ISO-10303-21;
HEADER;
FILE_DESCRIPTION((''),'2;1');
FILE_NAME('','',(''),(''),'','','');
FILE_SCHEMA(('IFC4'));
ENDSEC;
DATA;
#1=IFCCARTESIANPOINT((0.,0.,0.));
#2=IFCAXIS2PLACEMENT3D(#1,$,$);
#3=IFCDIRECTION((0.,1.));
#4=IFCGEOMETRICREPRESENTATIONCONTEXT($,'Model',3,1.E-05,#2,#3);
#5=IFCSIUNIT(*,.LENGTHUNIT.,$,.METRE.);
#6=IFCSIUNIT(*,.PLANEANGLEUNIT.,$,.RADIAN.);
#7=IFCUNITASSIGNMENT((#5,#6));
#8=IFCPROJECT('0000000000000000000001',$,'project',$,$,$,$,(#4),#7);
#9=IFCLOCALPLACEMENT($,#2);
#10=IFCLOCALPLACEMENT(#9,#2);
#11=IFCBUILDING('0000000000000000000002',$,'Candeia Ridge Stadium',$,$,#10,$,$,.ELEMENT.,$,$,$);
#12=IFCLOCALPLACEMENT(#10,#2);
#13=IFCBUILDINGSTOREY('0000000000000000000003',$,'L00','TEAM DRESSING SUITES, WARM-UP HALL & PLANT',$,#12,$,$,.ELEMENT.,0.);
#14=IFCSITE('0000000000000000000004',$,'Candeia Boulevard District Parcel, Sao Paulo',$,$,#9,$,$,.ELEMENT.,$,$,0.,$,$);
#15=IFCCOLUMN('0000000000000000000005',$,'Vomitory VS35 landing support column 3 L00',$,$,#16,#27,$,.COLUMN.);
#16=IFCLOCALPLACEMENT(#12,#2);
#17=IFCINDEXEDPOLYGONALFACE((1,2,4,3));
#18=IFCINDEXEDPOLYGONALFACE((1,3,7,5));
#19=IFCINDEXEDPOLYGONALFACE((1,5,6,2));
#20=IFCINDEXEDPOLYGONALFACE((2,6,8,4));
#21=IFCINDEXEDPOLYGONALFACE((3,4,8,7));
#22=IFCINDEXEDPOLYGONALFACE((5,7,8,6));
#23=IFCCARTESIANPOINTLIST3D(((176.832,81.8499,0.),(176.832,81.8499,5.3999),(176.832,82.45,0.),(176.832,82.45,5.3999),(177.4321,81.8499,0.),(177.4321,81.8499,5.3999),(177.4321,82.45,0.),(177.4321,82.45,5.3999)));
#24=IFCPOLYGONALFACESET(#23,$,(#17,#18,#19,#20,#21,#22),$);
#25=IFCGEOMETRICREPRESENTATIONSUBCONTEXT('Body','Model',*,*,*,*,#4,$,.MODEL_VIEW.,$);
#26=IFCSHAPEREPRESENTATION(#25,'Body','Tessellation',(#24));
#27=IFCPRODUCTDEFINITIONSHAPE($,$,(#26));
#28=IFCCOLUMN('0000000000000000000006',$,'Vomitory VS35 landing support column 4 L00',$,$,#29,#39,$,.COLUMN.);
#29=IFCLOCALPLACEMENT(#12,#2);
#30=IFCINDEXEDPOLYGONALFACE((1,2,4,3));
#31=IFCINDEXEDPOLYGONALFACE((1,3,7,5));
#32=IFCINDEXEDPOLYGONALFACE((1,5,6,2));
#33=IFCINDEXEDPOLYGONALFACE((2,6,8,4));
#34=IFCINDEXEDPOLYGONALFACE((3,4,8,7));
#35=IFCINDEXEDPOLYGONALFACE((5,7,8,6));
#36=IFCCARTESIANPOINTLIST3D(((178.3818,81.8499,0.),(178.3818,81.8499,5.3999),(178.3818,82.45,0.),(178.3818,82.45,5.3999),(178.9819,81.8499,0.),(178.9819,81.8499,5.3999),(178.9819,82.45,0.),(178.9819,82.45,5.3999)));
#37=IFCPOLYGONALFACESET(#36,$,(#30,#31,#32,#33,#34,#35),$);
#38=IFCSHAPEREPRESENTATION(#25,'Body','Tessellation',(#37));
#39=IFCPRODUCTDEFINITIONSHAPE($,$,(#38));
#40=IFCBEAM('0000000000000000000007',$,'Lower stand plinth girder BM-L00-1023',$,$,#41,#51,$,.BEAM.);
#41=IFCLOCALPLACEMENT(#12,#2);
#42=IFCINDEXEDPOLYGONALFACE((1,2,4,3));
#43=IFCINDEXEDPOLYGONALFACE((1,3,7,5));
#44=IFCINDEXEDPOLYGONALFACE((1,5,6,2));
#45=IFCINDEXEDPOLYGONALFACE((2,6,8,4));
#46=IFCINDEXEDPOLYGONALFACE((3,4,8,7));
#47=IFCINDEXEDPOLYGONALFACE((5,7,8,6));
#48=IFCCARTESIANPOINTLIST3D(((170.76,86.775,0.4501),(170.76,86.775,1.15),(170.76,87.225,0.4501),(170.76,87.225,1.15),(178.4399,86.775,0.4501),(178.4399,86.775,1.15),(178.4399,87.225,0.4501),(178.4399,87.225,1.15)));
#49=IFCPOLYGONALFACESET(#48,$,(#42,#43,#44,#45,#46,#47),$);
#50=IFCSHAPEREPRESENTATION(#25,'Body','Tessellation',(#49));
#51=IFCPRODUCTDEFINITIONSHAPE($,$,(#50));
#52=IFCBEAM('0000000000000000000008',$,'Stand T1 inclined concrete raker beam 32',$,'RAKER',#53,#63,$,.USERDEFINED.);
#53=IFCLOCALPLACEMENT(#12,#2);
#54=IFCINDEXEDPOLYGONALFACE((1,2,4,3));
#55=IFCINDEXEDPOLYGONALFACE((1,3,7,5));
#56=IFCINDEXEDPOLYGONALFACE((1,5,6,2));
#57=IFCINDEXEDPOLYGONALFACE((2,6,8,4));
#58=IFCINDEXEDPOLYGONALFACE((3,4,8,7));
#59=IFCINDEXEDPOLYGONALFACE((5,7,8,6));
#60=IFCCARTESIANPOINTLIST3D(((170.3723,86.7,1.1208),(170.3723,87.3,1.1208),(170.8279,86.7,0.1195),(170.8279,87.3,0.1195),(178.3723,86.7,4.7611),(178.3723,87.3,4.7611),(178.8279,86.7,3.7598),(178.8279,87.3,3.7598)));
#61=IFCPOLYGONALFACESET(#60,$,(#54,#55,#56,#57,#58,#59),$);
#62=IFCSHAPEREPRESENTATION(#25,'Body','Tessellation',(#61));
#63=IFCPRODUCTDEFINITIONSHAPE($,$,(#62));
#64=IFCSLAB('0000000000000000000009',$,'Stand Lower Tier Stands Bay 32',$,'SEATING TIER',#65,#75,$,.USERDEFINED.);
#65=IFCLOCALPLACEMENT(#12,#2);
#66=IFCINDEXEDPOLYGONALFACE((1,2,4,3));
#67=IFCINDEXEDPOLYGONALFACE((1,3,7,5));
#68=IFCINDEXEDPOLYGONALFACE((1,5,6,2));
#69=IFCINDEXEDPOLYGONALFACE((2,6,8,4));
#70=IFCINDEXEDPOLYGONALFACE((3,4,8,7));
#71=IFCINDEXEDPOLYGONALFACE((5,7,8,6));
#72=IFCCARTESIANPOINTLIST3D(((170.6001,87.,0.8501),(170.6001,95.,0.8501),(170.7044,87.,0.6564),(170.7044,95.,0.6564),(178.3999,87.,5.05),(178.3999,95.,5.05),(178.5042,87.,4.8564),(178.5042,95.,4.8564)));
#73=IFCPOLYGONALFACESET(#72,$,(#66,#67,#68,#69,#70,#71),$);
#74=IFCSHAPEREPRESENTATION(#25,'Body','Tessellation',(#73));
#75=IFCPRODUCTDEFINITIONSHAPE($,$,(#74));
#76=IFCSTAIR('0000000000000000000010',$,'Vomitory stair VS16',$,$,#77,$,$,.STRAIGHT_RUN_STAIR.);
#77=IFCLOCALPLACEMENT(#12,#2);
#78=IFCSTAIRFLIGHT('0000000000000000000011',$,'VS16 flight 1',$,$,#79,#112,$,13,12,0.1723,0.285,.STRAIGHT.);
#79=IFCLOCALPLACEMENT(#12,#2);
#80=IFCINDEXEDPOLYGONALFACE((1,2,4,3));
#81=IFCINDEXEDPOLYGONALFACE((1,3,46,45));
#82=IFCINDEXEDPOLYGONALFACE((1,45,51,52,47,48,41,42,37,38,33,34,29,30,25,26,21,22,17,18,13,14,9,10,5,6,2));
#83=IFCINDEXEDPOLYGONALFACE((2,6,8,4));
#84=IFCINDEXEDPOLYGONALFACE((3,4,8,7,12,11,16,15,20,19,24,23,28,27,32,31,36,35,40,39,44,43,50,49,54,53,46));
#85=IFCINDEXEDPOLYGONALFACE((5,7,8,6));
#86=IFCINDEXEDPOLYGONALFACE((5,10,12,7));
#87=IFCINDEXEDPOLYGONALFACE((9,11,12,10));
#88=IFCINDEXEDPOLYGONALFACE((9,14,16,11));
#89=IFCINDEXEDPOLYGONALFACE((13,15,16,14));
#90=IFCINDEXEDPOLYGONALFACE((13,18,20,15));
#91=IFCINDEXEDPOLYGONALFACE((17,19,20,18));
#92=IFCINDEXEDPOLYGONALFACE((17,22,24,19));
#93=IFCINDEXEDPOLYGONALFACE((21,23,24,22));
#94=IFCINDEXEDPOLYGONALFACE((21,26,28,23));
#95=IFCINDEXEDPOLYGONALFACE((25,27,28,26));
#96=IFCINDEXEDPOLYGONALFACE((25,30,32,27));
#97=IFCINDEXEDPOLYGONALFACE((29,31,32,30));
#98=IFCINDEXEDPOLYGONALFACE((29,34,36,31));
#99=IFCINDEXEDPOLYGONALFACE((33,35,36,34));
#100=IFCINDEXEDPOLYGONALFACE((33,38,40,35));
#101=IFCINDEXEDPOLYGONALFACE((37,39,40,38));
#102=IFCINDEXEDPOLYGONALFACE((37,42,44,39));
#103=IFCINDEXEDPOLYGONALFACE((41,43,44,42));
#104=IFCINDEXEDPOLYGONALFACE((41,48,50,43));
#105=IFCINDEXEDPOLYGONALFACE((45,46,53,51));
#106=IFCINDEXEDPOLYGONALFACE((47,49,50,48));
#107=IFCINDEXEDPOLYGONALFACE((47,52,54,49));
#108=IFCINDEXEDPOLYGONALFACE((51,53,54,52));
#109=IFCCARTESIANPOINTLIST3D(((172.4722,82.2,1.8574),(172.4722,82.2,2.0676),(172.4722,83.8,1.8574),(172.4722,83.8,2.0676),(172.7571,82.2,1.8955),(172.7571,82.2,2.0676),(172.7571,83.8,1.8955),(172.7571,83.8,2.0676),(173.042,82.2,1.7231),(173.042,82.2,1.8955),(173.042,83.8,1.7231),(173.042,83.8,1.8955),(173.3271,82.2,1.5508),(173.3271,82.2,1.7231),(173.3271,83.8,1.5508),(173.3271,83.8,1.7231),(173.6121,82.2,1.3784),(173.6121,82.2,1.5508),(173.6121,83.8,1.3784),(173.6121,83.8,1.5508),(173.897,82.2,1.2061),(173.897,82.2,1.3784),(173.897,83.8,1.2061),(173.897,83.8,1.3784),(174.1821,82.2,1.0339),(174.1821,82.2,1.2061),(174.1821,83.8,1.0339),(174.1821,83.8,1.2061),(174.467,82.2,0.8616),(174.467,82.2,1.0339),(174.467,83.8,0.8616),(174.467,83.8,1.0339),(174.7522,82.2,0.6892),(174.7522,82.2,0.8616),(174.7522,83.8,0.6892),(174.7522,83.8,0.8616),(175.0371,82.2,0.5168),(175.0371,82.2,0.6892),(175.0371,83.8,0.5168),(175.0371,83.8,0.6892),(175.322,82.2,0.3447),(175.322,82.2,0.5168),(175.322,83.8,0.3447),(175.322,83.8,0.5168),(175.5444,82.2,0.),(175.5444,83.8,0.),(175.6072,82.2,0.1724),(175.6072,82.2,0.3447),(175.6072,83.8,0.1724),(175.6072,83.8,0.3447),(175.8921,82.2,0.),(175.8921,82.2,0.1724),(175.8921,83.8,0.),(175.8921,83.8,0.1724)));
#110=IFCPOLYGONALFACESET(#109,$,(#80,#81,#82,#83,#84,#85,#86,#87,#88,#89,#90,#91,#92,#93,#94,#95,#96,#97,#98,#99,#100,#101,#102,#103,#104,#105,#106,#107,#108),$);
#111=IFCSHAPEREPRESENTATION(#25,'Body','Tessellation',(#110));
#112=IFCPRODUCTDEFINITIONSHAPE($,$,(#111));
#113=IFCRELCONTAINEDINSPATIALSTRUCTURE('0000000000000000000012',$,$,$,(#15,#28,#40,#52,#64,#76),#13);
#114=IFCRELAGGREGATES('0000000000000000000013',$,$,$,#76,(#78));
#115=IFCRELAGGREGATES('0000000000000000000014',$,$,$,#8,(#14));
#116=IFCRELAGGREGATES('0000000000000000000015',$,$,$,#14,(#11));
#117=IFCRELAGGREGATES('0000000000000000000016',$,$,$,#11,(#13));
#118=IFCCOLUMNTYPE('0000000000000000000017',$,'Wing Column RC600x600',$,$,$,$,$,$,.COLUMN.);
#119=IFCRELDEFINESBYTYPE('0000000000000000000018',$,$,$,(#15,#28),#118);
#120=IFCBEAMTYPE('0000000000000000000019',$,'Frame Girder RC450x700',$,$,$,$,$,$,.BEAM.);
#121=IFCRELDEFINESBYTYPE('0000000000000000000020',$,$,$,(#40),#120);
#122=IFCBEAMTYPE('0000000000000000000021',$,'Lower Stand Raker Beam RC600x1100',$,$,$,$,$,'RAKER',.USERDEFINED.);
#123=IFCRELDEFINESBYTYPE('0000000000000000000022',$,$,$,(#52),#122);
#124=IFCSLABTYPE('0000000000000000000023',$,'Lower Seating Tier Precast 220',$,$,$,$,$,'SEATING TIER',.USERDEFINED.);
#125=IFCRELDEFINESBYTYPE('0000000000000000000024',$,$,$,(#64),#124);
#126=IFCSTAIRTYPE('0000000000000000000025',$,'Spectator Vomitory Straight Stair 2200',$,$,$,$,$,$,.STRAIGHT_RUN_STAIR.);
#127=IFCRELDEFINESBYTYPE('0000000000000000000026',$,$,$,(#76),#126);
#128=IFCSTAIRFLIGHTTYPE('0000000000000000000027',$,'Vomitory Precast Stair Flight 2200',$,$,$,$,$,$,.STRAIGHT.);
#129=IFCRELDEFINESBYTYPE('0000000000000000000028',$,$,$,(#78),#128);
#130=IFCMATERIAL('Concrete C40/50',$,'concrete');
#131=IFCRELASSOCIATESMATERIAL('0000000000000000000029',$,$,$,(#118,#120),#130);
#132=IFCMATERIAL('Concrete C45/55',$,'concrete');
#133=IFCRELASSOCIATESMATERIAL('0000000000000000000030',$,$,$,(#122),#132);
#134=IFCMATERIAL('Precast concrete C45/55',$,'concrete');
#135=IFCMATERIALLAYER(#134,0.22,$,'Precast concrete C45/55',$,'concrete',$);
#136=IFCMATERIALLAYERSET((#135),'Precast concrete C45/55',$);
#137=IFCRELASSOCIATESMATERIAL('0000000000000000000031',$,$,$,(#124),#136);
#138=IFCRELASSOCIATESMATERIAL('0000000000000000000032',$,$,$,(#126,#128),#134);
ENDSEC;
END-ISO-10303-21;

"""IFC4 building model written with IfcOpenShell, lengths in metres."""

from ifc_helpers import new_model, si_unit, direction, frame, origin, origin_2d, place, context, subcontext, project, spatial, polyline, rectangle, outline, extrude, material, layer, layer_set, material_profile, profile_set, type_object, element, aggregate, save


model = new_model("IFC4")

# Units and contexts
model_context = context("Model", 3, precision=1e-05, world=origin(), true_north=direction((0.0, 1.0)))
body_context = subcontext(model_context, "Body", "Model", "MODEL_VIEW")
ifc_project = project(units=[si_unit("LENGTHUNIT", "METRE"), si_unit("PLANEANGLEUNIT", "RADIAN")], contexts=[model_context])

# Site, building, storey
site_placement = place(None, origin())
site = spatial("IfcSite", under=ifc_project, at=site_placement, Name="Candeia Boulevard District Parcel, Sao Paulo", CompositionType="ELEMENT", RefElevation=0.0)
building_placement = place(site_placement, origin())
building = spatial("IfcBuilding", under=site, at=building_placement, Name="Candeia Ridge Stadium", CompositionType="ELEMENT")
storey_placement = place(building_placement, origin())
storey = spatial("IfcBuildingStorey", under=building, at=storey_placement, Name="L00", Description="TEAM DRESSING SUITES, WARM-UP HALL & PLANT", CompositionType="ELEMENT", Elevation=0.0)

# Shared definitions
ifc_material_1 = material(Name="Concrete C40/50", Category="concrete")

# Columns
ifc_material_profile_1 = material_profile(ifc_material_1, rectangle(XDim=0.6001, YDim=0.6001, at=origin_2d()), Name="RC600x600", Category="concrete")
ifc_profile_set_1 = profile_set([ifc_material_profile_1], Name="Concrete C40/50")
column_type = type_object("IfcColumnType", Name="Wing Column RC600x600", PredefinedType="COLUMN", material=ifc_profile_set_1)
for number, where, z_axis, x_axis, name in (
    (1, (177.1321, 82.1499, 0.0), (0.0, 0.0, 1.0), (1.0, 0.0, 0.0), "Vomitory VS35 landing support column 3 L00"),
    (2, (178.6819, 82.1499, 0.0), (0.0, 0.0, 1.0), (1.0, 0.0, 0.0), "Vomitory VS35 landing support column 4 L00"),
):
    element("IfcColumn", number, at=place(storey_placement, frame(where, z_axis=z_axis, x_axis=x_axis)), inside=storey, type_object=column_type, Name=name, PredefinedType="COLUMN", context=body_context, shape_type="SweptSolid", body=[
        extrude(rectangle(XDim=0.6001, YDim=0.6001, at=origin_2d()), origin(), (0.0, 0.0, 1.0), 5.3999),
    ])

# Beams
ifc_material_profile_2 = material_profile(ifc_material_1, rectangle(XDim=0.45, YDim=0.7, at=origin_2d()), Name="RC450x700", Category="concrete")
ifc_profile_set_2 = profile_set([ifc_material_profile_2], Name="Concrete C40/50")
beam_type_1 = type_object("IfcBeamType", Name="Frame Girder RC450x700", PredefinedType="BEAM", material=ifc_profile_set_2)
beam_1_placement = place(storey_placement, frame((170.76, 87.0, 0.8), z_axis=(1.0, 0.0, 0.0), x_axis=(0.0, 1.0, 0.0)))
element("IfcBeam", 3, at=beam_1_placement, inside=storey, type_object=beam_type_1, Name="Lower stand plinth girder BM-L00-1023", PredefinedType="BEAM", context=body_context, shape_type="SweptSolid", body=[
    extrude(rectangle(XDim=0.45, YDim=0.7, at=origin_2d()), origin(), (0.0, 0.0, 1.0), 7.6799),
])
ifc_material_2 = material(Name="Concrete C45/55", Category="concrete")
ifc_material_profile_3 = material_profile(ifc_material_2, rectangle(XDim=0.6001, YDim=1.1001, at=origin_2d()), Name="RC600x1100", Category="concrete")
ifc_profile_set_3 = profile_set([ifc_material_profile_3], Name="Concrete C45/55")
beam_type_2 = type_object("IfcBeamType", Name="Lower Stand Raker Beam RC600x1100", ElementType="RAKER", PredefinedType="USERDEFINED", material=ifc_profile_set_3)
beam_2_placement = place(storey_placement, frame((170.6001, 87.0, 0.6201), z_axis=(0.910194, 0.0, 0.414182), x_axis=(0.0, 1.0, 0.0)))
element("IfcBeam", 4, at=beam_2_placement, inside=storey, type_object=beam_type_2, Name="Stand T1 inclined concrete raker beam 32", ObjectType="RAKER", PredefinedType="USERDEFINED", context=body_context, shape_type="SweptSolid", body=[
    extrude(rectangle(XDim=0.6001, YDim=1.1001, at=origin_2d()), origin(), (0.0, 0.0, 1.0), 8.7893),
])

# Slab
ifc_material_3 = material(Name="Precast concrete C45/55", Category="concrete")
ifc_layer_1 = layer(ifc_material_3, 0.22, Name="Precast concrete C45/55", Category="concrete")
ifc_layer_set_1 = layer_set([ifc_layer_1], Name="Precast concrete C45/55")
slab_type = type_object("IfcSlabType", Name="Lower Seating Tier Precast 220", ElementType="SEATING TIER", PredefinedType="USERDEFINED", material=ifc_layer_set_1)
slab_placement = place(storey_placement, frame((170.6001, 87.0, 0.8501), z_axis=(-0.474105, 0.0, 0.880468), x_axis=(0.0, 1.0, 0.0)))
element("IfcSlab", 5, at=slab_placement, inside=storey, type_object=slab_type, Name="Stand Lower Tier Stands Bay 32", ObjectType="SEATING TIER", PredefinedType="USERDEFINED", context=body_context, shape_type="SweptSolid", body=[
    extrude(outline(polyline([(0.0, 0.0), (8.0, 0.0), (8.0, -8.8587), (0.0, -8.8587), (0.0, 0.0)])), origin(), (0.0, 0.0, -1.0), 0.22),
])

# Stair, stair flight
stair_type = type_object("IfcStairType", Name="Spectator Vomitory Straight Stair 2200", PredefinedType="STRAIGHT_RUN_STAIR", material=ifc_material_3)
stair_placement = place(storey_placement, origin())
stair = element("IfcStair", 6, at=stair_placement, inside=storey, type_object=stair_type, Name="Vomitory stair VS16", PredefinedType="STRAIGHT_RUN_STAIR")
stair_flight_type = type_object("IfcStairFlightType", Name="Vomitory Precast Stair Flight 2200", PredefinedType="STRAIGHT", material=ifc_material_3)
stair_flight_placement = place(storey_placement, frame((175.8921, 83.0, 0.0), z_axis=(0.0, 0.0, 1.0), x_axis=(-1.0, 0.0, 0.0)))
stair_flight = element("IfcStairFlight", 7, at=stair_flight_placement, type_object=stair_flight_type, Name="VS16 flight 1", NumberOfRisers=13, NumberOfTreads=12, PredefinedType="STRAIGHT", RiserHeight=0.1723, TreadLength=0.285, context=body_context, shape_type="SweptSolid", body=[
    extrude(outline(polyline([(0.0, 0.0), (0.0, 0.1724), (0.2849, 0.1724), (0.2849, 0.3447), (0.5701, 0.3447), (0.5701, 0.5168), (0.855, 0.5168), (0.855, 0.6892), (1.1399, 0.6892), (1.1399, 0.8616), (1.425, 0.8616), (1.425, 1.0339), (1.71, 1.0339), (1.71, 1.2061), (1.9951, 1.2061), (1.9951, 1.3784), (2.28, 1.3784), (2.28, 1.5508), (2.5649, 1.5508), (2.5649, 1.7231), (2.8501, 1.7231), (2.8501, 1.8955), (3.135, 1.8955), (3.135, 2.0676), (3.4199, 2.0676), (3.4199, 2.24), (3.4199, 1.8574), (0.3477, 0.0), (0.0, 0.0)])), frame((0.0, 0.8, 0.0), z_axis=(0.0, -1.0, 0.0), x_axis=(1.0, 0.0, 0.0)), (0.0, 0.0, 1.0), 1.6001),
])
aggregate(stair, [stair_flight])

save(model, "model.ifc")
